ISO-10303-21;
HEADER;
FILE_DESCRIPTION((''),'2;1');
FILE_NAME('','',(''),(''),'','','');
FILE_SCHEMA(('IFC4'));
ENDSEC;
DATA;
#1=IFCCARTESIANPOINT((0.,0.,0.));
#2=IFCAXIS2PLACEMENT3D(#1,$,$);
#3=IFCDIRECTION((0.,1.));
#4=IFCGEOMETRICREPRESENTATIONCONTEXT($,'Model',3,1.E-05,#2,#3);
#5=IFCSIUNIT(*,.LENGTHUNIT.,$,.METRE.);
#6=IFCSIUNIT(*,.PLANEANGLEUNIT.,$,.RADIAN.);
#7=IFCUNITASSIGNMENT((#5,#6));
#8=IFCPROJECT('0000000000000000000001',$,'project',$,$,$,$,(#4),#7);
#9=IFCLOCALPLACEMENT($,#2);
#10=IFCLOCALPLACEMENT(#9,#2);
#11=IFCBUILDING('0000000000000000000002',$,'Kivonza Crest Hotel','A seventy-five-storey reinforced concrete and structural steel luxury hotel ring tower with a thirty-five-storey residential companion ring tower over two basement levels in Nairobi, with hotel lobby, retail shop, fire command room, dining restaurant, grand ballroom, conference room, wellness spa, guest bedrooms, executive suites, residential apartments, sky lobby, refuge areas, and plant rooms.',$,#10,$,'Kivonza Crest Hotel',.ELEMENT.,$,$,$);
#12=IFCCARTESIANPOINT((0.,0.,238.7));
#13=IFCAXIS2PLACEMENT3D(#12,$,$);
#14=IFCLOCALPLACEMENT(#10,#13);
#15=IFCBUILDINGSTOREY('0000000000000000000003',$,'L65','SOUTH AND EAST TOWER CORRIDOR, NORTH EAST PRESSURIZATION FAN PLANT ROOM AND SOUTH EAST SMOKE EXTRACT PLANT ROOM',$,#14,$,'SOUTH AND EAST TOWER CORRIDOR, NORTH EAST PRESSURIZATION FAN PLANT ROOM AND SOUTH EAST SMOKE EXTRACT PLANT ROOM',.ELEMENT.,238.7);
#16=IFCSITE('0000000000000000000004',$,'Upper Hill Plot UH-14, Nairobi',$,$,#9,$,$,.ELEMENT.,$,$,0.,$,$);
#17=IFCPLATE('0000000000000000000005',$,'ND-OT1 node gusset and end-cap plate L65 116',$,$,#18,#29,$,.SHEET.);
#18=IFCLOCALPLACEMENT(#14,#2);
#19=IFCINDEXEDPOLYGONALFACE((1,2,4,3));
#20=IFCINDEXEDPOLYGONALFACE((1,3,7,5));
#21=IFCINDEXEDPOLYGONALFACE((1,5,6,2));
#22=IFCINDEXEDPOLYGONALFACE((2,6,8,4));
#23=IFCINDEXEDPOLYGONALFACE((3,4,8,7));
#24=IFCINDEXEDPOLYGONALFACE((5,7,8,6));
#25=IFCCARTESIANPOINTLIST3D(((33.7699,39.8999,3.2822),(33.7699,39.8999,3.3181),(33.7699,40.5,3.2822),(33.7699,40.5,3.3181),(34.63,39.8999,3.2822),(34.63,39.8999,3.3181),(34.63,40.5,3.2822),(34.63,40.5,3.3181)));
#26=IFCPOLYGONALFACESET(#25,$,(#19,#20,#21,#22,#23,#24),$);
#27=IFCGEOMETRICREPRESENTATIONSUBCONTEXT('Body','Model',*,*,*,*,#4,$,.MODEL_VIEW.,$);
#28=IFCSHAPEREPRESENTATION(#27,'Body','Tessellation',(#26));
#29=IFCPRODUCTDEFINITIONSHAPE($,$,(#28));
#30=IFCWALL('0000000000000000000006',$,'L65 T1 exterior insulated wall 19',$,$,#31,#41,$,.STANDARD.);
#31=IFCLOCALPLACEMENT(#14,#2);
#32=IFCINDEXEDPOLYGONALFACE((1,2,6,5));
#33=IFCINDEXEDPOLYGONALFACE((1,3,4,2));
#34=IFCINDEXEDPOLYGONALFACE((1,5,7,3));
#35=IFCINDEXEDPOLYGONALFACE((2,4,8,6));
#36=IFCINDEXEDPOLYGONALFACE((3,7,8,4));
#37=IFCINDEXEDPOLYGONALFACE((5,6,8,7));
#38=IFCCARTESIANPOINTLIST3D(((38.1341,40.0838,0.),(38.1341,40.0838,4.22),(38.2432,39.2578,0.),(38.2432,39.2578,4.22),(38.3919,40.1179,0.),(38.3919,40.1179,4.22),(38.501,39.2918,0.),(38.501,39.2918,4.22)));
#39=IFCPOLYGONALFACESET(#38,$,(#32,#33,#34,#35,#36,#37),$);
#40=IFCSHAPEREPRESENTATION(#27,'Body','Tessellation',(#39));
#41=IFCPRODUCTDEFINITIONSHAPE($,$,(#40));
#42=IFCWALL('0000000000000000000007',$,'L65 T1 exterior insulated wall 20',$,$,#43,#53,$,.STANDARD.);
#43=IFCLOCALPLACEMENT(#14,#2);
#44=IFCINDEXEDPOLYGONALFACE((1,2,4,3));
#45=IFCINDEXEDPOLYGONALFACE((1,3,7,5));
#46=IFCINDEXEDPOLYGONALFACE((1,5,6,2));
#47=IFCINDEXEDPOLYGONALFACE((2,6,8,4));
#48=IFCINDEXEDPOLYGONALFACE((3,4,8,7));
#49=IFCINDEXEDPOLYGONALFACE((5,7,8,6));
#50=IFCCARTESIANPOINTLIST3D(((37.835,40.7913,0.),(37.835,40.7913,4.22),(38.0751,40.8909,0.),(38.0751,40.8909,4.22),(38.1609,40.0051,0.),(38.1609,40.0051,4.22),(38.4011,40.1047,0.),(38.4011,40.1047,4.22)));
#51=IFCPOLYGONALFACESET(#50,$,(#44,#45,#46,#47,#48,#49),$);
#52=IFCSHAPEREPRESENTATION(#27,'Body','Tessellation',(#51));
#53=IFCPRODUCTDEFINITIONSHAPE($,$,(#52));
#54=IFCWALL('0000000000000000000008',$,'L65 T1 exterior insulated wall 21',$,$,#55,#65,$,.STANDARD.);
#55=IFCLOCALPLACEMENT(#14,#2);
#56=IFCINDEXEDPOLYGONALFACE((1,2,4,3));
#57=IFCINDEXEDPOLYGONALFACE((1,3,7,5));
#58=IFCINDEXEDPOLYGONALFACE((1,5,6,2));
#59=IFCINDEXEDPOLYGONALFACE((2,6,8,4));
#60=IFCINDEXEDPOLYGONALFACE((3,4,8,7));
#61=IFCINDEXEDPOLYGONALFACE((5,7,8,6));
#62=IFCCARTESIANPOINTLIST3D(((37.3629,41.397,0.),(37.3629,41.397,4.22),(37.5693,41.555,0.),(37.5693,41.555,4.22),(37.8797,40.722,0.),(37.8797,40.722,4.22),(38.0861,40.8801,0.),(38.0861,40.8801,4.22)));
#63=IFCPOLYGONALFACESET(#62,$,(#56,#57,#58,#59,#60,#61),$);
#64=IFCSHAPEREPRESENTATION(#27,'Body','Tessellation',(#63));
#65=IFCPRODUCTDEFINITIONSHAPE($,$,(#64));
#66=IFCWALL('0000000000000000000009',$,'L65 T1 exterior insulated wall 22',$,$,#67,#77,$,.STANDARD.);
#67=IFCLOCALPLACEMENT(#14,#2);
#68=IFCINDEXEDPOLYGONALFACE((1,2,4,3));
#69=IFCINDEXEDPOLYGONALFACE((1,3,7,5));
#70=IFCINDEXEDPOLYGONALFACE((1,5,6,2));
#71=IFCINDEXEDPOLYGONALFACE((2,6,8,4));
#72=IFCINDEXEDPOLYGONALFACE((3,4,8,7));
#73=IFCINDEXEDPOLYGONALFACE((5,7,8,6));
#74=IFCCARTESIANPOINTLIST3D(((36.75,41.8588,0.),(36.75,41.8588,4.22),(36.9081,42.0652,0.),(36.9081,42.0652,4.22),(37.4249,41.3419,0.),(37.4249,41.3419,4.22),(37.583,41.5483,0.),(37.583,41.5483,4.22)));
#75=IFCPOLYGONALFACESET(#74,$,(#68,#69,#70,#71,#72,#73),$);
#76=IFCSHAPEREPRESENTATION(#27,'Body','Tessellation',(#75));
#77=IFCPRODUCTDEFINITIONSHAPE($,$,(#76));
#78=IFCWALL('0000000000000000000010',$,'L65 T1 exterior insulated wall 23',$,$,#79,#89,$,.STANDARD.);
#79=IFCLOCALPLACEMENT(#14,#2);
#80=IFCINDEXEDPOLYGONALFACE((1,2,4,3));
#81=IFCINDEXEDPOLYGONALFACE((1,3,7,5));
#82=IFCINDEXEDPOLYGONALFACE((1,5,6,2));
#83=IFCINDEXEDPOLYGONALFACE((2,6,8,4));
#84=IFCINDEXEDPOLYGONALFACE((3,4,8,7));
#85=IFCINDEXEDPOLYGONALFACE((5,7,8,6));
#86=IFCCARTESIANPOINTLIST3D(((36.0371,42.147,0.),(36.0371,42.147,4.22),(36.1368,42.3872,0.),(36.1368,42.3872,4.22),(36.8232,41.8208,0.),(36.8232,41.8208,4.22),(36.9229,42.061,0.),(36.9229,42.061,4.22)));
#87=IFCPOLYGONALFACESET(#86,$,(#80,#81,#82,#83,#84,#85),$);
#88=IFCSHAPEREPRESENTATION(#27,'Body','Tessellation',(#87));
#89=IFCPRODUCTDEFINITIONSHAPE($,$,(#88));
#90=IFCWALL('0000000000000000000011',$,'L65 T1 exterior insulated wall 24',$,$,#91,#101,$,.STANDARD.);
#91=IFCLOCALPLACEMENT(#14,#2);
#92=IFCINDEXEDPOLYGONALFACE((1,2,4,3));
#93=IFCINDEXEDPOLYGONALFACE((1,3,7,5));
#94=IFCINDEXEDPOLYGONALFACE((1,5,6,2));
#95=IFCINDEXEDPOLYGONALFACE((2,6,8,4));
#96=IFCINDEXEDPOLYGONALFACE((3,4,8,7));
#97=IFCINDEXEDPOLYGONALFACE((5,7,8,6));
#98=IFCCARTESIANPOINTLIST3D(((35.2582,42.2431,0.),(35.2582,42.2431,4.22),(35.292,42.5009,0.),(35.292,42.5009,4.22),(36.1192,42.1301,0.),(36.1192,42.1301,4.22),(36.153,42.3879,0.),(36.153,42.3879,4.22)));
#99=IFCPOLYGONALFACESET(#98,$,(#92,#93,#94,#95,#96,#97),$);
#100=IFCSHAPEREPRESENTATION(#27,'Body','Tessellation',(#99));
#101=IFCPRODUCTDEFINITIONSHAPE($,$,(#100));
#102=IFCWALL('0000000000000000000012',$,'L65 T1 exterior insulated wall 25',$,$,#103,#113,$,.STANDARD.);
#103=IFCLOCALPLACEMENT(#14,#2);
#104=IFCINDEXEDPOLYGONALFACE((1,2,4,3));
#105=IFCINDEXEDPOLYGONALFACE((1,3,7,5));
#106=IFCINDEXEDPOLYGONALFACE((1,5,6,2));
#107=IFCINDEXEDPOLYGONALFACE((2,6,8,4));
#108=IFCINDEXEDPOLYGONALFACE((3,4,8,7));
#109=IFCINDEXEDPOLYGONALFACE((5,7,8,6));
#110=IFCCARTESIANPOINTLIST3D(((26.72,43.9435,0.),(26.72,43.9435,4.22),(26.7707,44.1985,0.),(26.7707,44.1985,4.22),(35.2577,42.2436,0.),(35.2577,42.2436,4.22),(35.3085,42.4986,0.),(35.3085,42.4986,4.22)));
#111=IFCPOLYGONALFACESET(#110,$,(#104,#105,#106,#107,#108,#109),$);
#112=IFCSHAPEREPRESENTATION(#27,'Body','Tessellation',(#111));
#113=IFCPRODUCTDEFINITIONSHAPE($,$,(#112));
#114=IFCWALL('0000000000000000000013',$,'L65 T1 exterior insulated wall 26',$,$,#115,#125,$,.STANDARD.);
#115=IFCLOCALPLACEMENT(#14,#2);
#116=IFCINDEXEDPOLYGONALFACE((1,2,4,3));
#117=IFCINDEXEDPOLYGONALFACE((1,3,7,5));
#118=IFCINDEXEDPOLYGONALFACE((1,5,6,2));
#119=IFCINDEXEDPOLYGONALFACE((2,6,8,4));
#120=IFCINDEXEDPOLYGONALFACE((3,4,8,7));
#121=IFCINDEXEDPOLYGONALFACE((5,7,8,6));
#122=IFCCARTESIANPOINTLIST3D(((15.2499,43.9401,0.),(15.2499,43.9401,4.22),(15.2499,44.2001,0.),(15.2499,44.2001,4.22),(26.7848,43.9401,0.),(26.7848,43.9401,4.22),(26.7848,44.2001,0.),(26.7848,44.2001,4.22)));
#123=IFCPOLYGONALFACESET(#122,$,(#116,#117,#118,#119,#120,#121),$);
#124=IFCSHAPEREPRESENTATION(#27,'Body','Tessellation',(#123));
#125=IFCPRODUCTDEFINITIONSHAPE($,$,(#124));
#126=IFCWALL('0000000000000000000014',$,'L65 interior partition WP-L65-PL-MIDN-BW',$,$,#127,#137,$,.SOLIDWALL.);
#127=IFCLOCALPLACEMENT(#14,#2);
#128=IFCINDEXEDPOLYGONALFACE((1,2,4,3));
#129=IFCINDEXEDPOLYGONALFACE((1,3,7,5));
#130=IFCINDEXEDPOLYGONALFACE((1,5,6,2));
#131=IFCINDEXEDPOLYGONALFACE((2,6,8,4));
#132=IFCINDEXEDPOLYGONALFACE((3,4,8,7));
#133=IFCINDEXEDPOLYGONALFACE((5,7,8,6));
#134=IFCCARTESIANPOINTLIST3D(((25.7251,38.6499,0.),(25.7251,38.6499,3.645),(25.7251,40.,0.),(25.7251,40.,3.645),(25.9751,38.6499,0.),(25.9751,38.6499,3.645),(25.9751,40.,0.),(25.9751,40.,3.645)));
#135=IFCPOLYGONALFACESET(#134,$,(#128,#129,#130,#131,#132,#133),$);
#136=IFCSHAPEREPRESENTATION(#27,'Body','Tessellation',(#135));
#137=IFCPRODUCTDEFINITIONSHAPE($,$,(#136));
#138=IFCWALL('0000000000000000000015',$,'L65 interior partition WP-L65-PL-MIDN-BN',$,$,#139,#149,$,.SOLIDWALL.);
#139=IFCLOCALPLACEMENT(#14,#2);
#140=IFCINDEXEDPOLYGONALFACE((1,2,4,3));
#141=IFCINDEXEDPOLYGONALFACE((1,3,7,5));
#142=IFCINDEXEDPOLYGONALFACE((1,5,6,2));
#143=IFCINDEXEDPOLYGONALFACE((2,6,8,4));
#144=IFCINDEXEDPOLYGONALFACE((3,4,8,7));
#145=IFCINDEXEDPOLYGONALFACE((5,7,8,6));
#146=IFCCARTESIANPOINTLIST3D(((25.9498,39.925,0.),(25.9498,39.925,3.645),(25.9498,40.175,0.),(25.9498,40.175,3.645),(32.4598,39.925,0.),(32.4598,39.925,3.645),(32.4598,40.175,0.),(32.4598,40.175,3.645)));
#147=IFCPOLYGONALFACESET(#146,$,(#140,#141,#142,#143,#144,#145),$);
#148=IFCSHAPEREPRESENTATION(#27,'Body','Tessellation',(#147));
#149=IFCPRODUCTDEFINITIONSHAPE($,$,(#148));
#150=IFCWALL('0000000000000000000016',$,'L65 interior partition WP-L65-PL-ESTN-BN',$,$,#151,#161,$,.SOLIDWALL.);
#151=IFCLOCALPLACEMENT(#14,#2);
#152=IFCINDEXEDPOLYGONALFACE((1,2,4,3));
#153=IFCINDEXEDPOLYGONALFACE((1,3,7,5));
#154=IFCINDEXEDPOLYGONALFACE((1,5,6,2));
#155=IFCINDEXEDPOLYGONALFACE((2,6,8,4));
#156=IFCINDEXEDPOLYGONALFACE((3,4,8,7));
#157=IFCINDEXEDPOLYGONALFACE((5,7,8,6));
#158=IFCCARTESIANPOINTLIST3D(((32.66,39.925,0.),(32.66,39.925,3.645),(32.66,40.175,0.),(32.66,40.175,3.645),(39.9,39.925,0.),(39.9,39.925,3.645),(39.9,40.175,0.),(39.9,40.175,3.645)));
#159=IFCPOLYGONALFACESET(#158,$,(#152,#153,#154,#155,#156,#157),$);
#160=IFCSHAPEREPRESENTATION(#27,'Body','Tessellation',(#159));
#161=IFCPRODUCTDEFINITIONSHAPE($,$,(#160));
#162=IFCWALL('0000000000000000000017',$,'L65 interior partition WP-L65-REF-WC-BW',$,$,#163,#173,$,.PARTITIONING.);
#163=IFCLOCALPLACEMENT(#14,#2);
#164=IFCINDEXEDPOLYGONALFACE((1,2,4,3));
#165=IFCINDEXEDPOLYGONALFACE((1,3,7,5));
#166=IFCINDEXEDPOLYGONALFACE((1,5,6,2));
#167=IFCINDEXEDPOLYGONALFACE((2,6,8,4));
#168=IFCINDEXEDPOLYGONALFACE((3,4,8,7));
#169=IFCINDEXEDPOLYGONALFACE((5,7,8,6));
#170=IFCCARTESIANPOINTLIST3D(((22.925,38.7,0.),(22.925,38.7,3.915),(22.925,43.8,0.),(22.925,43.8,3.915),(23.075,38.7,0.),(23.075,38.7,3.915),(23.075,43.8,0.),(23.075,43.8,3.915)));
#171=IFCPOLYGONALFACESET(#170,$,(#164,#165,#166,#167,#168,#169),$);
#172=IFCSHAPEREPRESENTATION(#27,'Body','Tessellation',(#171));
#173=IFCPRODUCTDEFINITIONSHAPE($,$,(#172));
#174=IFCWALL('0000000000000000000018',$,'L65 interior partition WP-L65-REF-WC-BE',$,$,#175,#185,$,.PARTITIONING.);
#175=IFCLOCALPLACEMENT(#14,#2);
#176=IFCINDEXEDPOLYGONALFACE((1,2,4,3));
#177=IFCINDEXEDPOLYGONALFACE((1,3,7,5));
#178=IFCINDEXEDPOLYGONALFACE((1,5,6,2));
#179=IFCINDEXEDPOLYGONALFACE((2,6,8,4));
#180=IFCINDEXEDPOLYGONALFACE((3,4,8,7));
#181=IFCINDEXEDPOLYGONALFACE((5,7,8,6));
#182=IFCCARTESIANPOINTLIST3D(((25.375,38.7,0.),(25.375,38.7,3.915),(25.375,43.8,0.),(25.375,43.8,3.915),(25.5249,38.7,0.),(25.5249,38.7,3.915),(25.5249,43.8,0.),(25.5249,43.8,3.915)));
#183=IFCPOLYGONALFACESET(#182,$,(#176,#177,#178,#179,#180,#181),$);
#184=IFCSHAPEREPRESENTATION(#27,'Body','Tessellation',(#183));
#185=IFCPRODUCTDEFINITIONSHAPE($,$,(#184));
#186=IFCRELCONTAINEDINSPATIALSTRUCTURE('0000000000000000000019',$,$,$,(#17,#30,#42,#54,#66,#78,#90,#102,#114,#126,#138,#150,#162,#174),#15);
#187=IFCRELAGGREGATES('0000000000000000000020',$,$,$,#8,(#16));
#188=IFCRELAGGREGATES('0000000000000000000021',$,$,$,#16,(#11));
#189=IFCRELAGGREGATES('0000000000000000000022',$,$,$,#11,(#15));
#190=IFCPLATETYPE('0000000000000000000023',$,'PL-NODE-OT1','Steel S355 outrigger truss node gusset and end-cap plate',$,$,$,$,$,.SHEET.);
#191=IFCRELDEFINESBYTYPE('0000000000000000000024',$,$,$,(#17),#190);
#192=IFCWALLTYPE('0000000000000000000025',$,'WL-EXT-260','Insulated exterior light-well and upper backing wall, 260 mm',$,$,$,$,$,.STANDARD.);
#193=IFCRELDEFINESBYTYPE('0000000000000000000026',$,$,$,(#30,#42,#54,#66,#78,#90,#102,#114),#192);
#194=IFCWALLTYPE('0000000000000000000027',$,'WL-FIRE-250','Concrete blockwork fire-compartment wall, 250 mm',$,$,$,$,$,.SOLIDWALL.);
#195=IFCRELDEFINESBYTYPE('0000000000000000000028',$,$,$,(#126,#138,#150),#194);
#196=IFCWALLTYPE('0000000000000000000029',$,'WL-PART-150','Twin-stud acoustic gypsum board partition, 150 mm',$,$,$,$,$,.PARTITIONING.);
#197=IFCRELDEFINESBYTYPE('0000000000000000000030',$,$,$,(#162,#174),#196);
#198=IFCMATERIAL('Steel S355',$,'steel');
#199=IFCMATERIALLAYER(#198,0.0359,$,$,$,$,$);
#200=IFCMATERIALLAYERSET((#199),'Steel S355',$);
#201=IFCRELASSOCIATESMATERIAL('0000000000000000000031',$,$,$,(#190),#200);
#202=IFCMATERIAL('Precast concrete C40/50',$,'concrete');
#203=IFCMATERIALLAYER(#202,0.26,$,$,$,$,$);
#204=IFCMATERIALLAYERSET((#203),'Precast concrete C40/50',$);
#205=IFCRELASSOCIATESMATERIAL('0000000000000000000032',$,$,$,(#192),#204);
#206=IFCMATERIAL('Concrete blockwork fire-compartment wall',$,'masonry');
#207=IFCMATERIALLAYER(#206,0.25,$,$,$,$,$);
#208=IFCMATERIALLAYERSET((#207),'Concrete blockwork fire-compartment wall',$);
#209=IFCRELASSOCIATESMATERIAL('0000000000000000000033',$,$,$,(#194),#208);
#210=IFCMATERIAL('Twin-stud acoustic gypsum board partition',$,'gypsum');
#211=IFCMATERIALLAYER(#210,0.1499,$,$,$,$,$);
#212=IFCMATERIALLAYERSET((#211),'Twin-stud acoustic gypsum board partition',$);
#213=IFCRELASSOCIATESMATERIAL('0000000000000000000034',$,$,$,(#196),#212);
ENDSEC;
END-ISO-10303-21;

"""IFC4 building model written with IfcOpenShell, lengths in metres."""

from ifc_helpers import new_model, si_unit, direction, frame, frame_2d, origin, origin_2d, place, context, subcontext, project, spatial, rectangle, extrude, material, layer, layer_set, type_object, element, save


model = new_model("IFC4")

# Units and contexts
model_context = context("Model", 3, precision=1e-05, world=origin(), true_north=direction((0.0, 1.0)))
body_context = subcontext(model_context, "Body", "Model", "MODEL_VIEW")
ifc_project = project(units=[si_unit("LENGTHUNIT", "METRE"), si_unit("PLANEANGLEUNIT", "RADIAN")], contexts=[model_context])

# Site, building, storey
site_placement = place(None, origin())
site = spatial("IfcSite", under=ifc_project, at=site_placement, Name="Upper Hill Plot UH-14, Nairobi", CompositionType="ELEMENT", RefElevation=0.0)
building_placement = place(site_placement, origin())
building = spatial("IfcBuilding", under=site, at=building_placement, Name="Kivonza Crest Hotel", Description="A seventy-five-storey reinforced concrete and structural steel luxury hotel ring tower with a thirty-five-storey residential companion ring tower over two basement levels in Nairobi, with hotel lobby, retail shop, fire command room, dining restaurant, grand ballroom, conference room, wellness spa, guest bedrooms, executive suites, residential apartments, sky lobby, refuge areas, and plant rooms.", LongName="Kivonza Crest Hotel", CompositionType="ELEMENT")
storey_placement = place(building_placement, frame((0.0, 0.0, 238.7)))
storey = spatial("IfcBuildingStorey", under=building, at=storey_placement, Name="L65", Description="SOUTH AND EAST TOWER CORRIDOR, NORTH EAST PRESSURIZATION FAN PLANT ROOM AND SOUTH EAST SMOKE EXTRACT PLANT ROOM", LongName="SOUTH AND EAST TOWER CORRIDOR, NORTH EAST PRESSURIZATION FAN PLANT ROOM AND SOUTH EAST SMOKE EXTRACT PLANT ROOM", CompositionType="ELEMENT", Elevation=238.7)

# Shared definitions
ifc_material_1 = material(Name="Steel S355", Category="steel")

# Plate
ifc_layer_1 = layer(ifc_material_1, 0.0359)
ifc_layer_set_1 = layer_set([ifc_layer_1], Name="Steel S355")
plate_type = type_object("IfcPlateType", Name="PL-NODE-OT1", Description="Steel S355 outrigger truss node gusset and end-cap plate", PredefinedType="SHEET", material=ifc_layer_set_1)
for number, where, z_axis, x_axis, name in (
    (1, (34.2, 40.2, 3.2822), (0.0, 0.0, 1.0), (1.0, 0.0, 0.0), "ND-OT1 node gusset and end-cap plate L65 116"),
):
    element("IfcPlate", number, at=place(storey_placement, frame(where, z_axis=z_axis, x_axis=x_axis)), inside=storey, type_object=plate_type, Name=name, PredefinedType="SHEET", context=body_context, shape_type="SweptSolid", body=[
        extrude(rectangle(XDim=0.8601, YDim=0.6001, at=origin_2d()), origin(), (0.0, 0.0, 1.0), 0.0359),
    ])

# Walls
ifc_material_2 = material(Name="Precast concrete C40/50", Category="concrete")
ifc_layer_2 = layer(ifc_material_2, 0.26)
ifc_layer_set_2 = layer_set([ifc_layer_2], Name="Precast concrete C40/50")
wall_type_1 = type_object("IfcWallType", Name="WL-EXT-260", Description="Insulated exterior light-well and upper backing wall, 260 mm", PredefinedType="STANDARD", material=ifc_layer_set_2)
wall_1_placement = place(storey_placement, frame((38.3721, 39.2749, 0.0), z_axis=(0.0, 0.0, 1.0), x_axis=(-0.130955, 0.991388, 0.0)))
element("IfcWall", 2, at=wall_1_placement, inside=storey, type_object=wall_type_1, Name="L65 T1 exterior insulated wall 19", PredefinedType="STANDARD", context=body_context, shape_type="SweptSolid", body=[
    extrude(rectangle(XDim=0.8333, YDim=0.26, at=frame_2d((0.4165, 0.0))), origin(), (0.0, 0.0, 1.0), 4.22),
])
wall_2_placement = place(storey_placement, frame((38.281, 40.0549, 0.0), z_axis=(0.0, 0.0, 1.0), x_axis=(-0.382985, 0.923754, 0.0)))
element("IfcWall", 3, at=wall_2_placement, inside=storey, type_object=wall_type_1, Name="L65 T1 exterior insulated wall 20", PredefinedType="STANDARD", context=body_context, shape_type="SweptSolid", body=[
    extrude(rectangle(XDim=0.8511, YDim=0.26, at=frame_2d((0.4255, 0.0))), origin(), (0.0, 0.0, 1.0), 4.22),
])
for number, where, z_axis, x_axis, name in (
    (4, (37.9829, 40.801, 0.0), (0.0, 0.0, 1.0), (-0.607919, 0.793999, 0.0), "L65 T1 exterior insulated wall 21"),
    (5, (37.5039, 41.4451, 0.0), (0.0, 0.0, 1.0), (-0.793893, 0.608058, 0.0), "L65 T1 exterior insulated wall 22"),
):
    element("IfcWall", number, at=place(storey_placement, frame(where, z_axis=z_axis, x_axis=x_axis)), inside=storey, type_object=wall_type_1, Name=name, PredefinedType="STANDARD", context=body_context, shape_type="SweptSolid", body=[
        extrude(rectangle(XDim=0.8501, YDim=0.26, at=frame_2d((0.425, 0.0))), origin(), (0.0, 0.0, 1.0), 4.22),
    ])
wall_3_placement = place(storey_placement, frame((36.873, 41.9409, 0.0), z_axis=(0.0, 0.0, 1.0), x_axis=(-0.923653, 0.38323, 0.0)))
element("IfcWall", 6, at=wall_3_placement, inside=storey, type_object=wall_type_1, Name="L65 T1 exterior insulated wall 23", PredefinedType="STANDARD", context=body_context, shape_type="SweptSolid", body=[
    extrude(rectangle(XDim=0.8511, YDim=0.26, at=frame_2d((0.4255, 0.0))), origin(), (0.0, 0.0, 1.0), 4.22),
])
wall_4_placement = place(storey_placement, frame((36.136, 42.259, 0.0), z_axis=(0.0, 0.0, 1.0), x_axis=(-0.991493, 0.130156, 0.0)))
element("IfcWall", 7, at=wall_4_placement, inside=storey, type_object=wall_type_1, Name="L65 T1 exterior insulated wall 24", PredefinedType="STANDARD", context=body_context, shape_type="SweptSolid", body=[
    extrude(rectangle(XDim=0.8684, YDim=0.26, at=frame_2d((0.4341, 0.0))), origin(), (0.0, 0.0, 1.0), 4.22),
])
wall_5_placement = place(storey_placement, frame((35.283, 42.3711, 0.0), z_axis=(0.0, 0.0, 1.0), x_axis=(-0.980749, 0.195275, 0.0)))
element("IfcWall", 8, at=wall_5_placement, inside=storey, type_object=wall_type_1, Name="L65 T1 exterior insulated wall 25", PredefinedType="STANDARD", context=body_context, shape_type="SweptSolid", body=[
    extrude(rectangle(XDim=8.7053, YDim=0.26, at=frame_2d((4.3525, 0.0))), origin(), (0.0, 0.0, 1.0), 4.22),
])
wall_6_placement = place(storey_placement, frame((26.7849, 44.0701, 0.0), z_axis=(0.0, 0.0, 1.0), x_axis=(-1.0, 0.0, 0.0)))
element("IfcWall", 9, at=wall_6_placement, inside=storey, type_object=wall_type_1, Name="L65 T1 exterior insulated wall 26", PredefinedType="STANDARD", context=body_context, shape_type="SweptSolid", body=[
    extrude(rectangle(XDim=11.5349, YDim=0.26, at=frame_2d((5.7676, 0.0))), origin(), (0.0, 0.0, 1.0), 4.22),
])
ifc_material_3 = material(Name="Concrete blockwork fire-compartment wall", Category="masonry")
ifc_layer_3 = layer(ifc_material_3, 0.25)
ifc_layer_set_3 = layer_set([ifc_layer_3], Name="Concrete blockwork fire-compartment wall")
wall_type_2 = type_object("IfcWallType", Name="WL-FIRE-250", Description="Concrete blockwork fire-compartment wall, 250 mm", PredefinedType="SOLIDWALL", material=ifc_layer_set_3)
wall_7_placement = place(storey_placement, frame((25.8501, 38.6499, 0.0), z_axis=(0.0, 0.0, 1.0), x_axis=(0.0, 1.0, 0.0)))
element("IfcWall", 10, at=wall_7_placement, inside=storey, type_object=wall_type_2, Name="L65 interior partition WP-L65-PL-MIDN-BW", PredefinedType="SOLIDWALL", context=body_context, shape_type="SweptSolid", body=[
    extrude(rectangle(XDim=1.3501, YDim=0.25, at=frame_2d((0.675, 0.0))), origin(), (0.0, 0.0, 1.0), 3.645),
])
wall_8_placement = place(storey_placement, frame((25.95, 40.05, 0.0), z_axis=(0.0, 0.0, 1.0), x_axis=(1.0, 0.0, 0.0)))
element("IfcWall", 11, at=wall_8_placement, inside=storey, type_object=wall_type_2, Name="L65 interior partition WP-L65-PL-MIDN-BN", PredefinedType="SOLIDWALL", context=body_context, shape_type="SweptSolid", body=[
    extrude(rectangle(XDim=6.51, YDim=0.25, at=frame_2d((3.2549, 0.0))), origin(), (0.0, 0.0, 1.0), 3.645),
])
wall_9_placement = place(storey_placement, frame((32.6599, 40.05, 0.0), z_axis=(0.0, 0.0, 1.0), x_axis=(1.0, 0.0, 0.0)))
element("IfcWall", 12, at=wall_9_placement, inside=storey, type_object=wall_type_2, Name="L65 interior partition WP-L65-PL-ESTN-BN", PredefinedType="SOLIDWALL", context=body_context, shape_type="SweptSolid", body=[
    extrude(rectangle(XDim=7.24, YDim=0.25, at=frame_2d((3.6201, 0.0))), origin(), (0.0, 0.0, 1.0), 3.645),
])
ifc_material_4 = material(Name="Twin-stud acoustic gypsum board partition", Category="gypsum")
ifc_layer_4 = layer(ifc_material_4, 0.1499)
ifc_layer_set_4 = layer_set([ifc_layer_4], Name="Twin-stud acoustic gypsum board partition")
wall_type_3 = type_object("IfcWallType", Name="WL-PART-150", Description="Twin-stud acoustic gypsum board partition, 150 mm", PredefinedType="PARTITIONING", material=ifc_layer_set_4)
for number, where, z_axis, x_axis, name in (
    (13, (23.0, 38.7, 0.0), (0.0, 0.0, 1.0), (0.0, 1.0, 0.0), "L65 interior partition WP-L65-REF-WC-BW"),
    (14, (25.45, 38.7, 0.0), (0.0, 0.0, 1.0), (0.0, 1.0, 0.0), "L65 interior partition WP-L65-REF-WC-BE"),
):
    element("IfcWall", number, at=place(storey_placement, frame(where, z_axis=z_axis, x_axis=x_axis)), inside=storey, type_object=wall_type_3, Name=name, PredefinedType="PARTITIONING", context=body_context, shape_type="SweptSolid", body=[
        extrude(rectangle(XDim=5.1001, YDim=0.1499, at=frame_2d((2.55, 0.0))), origin(), (0.0, 0.0, 1.0), 3.915),
    ])

save(model, "model.ifc")
